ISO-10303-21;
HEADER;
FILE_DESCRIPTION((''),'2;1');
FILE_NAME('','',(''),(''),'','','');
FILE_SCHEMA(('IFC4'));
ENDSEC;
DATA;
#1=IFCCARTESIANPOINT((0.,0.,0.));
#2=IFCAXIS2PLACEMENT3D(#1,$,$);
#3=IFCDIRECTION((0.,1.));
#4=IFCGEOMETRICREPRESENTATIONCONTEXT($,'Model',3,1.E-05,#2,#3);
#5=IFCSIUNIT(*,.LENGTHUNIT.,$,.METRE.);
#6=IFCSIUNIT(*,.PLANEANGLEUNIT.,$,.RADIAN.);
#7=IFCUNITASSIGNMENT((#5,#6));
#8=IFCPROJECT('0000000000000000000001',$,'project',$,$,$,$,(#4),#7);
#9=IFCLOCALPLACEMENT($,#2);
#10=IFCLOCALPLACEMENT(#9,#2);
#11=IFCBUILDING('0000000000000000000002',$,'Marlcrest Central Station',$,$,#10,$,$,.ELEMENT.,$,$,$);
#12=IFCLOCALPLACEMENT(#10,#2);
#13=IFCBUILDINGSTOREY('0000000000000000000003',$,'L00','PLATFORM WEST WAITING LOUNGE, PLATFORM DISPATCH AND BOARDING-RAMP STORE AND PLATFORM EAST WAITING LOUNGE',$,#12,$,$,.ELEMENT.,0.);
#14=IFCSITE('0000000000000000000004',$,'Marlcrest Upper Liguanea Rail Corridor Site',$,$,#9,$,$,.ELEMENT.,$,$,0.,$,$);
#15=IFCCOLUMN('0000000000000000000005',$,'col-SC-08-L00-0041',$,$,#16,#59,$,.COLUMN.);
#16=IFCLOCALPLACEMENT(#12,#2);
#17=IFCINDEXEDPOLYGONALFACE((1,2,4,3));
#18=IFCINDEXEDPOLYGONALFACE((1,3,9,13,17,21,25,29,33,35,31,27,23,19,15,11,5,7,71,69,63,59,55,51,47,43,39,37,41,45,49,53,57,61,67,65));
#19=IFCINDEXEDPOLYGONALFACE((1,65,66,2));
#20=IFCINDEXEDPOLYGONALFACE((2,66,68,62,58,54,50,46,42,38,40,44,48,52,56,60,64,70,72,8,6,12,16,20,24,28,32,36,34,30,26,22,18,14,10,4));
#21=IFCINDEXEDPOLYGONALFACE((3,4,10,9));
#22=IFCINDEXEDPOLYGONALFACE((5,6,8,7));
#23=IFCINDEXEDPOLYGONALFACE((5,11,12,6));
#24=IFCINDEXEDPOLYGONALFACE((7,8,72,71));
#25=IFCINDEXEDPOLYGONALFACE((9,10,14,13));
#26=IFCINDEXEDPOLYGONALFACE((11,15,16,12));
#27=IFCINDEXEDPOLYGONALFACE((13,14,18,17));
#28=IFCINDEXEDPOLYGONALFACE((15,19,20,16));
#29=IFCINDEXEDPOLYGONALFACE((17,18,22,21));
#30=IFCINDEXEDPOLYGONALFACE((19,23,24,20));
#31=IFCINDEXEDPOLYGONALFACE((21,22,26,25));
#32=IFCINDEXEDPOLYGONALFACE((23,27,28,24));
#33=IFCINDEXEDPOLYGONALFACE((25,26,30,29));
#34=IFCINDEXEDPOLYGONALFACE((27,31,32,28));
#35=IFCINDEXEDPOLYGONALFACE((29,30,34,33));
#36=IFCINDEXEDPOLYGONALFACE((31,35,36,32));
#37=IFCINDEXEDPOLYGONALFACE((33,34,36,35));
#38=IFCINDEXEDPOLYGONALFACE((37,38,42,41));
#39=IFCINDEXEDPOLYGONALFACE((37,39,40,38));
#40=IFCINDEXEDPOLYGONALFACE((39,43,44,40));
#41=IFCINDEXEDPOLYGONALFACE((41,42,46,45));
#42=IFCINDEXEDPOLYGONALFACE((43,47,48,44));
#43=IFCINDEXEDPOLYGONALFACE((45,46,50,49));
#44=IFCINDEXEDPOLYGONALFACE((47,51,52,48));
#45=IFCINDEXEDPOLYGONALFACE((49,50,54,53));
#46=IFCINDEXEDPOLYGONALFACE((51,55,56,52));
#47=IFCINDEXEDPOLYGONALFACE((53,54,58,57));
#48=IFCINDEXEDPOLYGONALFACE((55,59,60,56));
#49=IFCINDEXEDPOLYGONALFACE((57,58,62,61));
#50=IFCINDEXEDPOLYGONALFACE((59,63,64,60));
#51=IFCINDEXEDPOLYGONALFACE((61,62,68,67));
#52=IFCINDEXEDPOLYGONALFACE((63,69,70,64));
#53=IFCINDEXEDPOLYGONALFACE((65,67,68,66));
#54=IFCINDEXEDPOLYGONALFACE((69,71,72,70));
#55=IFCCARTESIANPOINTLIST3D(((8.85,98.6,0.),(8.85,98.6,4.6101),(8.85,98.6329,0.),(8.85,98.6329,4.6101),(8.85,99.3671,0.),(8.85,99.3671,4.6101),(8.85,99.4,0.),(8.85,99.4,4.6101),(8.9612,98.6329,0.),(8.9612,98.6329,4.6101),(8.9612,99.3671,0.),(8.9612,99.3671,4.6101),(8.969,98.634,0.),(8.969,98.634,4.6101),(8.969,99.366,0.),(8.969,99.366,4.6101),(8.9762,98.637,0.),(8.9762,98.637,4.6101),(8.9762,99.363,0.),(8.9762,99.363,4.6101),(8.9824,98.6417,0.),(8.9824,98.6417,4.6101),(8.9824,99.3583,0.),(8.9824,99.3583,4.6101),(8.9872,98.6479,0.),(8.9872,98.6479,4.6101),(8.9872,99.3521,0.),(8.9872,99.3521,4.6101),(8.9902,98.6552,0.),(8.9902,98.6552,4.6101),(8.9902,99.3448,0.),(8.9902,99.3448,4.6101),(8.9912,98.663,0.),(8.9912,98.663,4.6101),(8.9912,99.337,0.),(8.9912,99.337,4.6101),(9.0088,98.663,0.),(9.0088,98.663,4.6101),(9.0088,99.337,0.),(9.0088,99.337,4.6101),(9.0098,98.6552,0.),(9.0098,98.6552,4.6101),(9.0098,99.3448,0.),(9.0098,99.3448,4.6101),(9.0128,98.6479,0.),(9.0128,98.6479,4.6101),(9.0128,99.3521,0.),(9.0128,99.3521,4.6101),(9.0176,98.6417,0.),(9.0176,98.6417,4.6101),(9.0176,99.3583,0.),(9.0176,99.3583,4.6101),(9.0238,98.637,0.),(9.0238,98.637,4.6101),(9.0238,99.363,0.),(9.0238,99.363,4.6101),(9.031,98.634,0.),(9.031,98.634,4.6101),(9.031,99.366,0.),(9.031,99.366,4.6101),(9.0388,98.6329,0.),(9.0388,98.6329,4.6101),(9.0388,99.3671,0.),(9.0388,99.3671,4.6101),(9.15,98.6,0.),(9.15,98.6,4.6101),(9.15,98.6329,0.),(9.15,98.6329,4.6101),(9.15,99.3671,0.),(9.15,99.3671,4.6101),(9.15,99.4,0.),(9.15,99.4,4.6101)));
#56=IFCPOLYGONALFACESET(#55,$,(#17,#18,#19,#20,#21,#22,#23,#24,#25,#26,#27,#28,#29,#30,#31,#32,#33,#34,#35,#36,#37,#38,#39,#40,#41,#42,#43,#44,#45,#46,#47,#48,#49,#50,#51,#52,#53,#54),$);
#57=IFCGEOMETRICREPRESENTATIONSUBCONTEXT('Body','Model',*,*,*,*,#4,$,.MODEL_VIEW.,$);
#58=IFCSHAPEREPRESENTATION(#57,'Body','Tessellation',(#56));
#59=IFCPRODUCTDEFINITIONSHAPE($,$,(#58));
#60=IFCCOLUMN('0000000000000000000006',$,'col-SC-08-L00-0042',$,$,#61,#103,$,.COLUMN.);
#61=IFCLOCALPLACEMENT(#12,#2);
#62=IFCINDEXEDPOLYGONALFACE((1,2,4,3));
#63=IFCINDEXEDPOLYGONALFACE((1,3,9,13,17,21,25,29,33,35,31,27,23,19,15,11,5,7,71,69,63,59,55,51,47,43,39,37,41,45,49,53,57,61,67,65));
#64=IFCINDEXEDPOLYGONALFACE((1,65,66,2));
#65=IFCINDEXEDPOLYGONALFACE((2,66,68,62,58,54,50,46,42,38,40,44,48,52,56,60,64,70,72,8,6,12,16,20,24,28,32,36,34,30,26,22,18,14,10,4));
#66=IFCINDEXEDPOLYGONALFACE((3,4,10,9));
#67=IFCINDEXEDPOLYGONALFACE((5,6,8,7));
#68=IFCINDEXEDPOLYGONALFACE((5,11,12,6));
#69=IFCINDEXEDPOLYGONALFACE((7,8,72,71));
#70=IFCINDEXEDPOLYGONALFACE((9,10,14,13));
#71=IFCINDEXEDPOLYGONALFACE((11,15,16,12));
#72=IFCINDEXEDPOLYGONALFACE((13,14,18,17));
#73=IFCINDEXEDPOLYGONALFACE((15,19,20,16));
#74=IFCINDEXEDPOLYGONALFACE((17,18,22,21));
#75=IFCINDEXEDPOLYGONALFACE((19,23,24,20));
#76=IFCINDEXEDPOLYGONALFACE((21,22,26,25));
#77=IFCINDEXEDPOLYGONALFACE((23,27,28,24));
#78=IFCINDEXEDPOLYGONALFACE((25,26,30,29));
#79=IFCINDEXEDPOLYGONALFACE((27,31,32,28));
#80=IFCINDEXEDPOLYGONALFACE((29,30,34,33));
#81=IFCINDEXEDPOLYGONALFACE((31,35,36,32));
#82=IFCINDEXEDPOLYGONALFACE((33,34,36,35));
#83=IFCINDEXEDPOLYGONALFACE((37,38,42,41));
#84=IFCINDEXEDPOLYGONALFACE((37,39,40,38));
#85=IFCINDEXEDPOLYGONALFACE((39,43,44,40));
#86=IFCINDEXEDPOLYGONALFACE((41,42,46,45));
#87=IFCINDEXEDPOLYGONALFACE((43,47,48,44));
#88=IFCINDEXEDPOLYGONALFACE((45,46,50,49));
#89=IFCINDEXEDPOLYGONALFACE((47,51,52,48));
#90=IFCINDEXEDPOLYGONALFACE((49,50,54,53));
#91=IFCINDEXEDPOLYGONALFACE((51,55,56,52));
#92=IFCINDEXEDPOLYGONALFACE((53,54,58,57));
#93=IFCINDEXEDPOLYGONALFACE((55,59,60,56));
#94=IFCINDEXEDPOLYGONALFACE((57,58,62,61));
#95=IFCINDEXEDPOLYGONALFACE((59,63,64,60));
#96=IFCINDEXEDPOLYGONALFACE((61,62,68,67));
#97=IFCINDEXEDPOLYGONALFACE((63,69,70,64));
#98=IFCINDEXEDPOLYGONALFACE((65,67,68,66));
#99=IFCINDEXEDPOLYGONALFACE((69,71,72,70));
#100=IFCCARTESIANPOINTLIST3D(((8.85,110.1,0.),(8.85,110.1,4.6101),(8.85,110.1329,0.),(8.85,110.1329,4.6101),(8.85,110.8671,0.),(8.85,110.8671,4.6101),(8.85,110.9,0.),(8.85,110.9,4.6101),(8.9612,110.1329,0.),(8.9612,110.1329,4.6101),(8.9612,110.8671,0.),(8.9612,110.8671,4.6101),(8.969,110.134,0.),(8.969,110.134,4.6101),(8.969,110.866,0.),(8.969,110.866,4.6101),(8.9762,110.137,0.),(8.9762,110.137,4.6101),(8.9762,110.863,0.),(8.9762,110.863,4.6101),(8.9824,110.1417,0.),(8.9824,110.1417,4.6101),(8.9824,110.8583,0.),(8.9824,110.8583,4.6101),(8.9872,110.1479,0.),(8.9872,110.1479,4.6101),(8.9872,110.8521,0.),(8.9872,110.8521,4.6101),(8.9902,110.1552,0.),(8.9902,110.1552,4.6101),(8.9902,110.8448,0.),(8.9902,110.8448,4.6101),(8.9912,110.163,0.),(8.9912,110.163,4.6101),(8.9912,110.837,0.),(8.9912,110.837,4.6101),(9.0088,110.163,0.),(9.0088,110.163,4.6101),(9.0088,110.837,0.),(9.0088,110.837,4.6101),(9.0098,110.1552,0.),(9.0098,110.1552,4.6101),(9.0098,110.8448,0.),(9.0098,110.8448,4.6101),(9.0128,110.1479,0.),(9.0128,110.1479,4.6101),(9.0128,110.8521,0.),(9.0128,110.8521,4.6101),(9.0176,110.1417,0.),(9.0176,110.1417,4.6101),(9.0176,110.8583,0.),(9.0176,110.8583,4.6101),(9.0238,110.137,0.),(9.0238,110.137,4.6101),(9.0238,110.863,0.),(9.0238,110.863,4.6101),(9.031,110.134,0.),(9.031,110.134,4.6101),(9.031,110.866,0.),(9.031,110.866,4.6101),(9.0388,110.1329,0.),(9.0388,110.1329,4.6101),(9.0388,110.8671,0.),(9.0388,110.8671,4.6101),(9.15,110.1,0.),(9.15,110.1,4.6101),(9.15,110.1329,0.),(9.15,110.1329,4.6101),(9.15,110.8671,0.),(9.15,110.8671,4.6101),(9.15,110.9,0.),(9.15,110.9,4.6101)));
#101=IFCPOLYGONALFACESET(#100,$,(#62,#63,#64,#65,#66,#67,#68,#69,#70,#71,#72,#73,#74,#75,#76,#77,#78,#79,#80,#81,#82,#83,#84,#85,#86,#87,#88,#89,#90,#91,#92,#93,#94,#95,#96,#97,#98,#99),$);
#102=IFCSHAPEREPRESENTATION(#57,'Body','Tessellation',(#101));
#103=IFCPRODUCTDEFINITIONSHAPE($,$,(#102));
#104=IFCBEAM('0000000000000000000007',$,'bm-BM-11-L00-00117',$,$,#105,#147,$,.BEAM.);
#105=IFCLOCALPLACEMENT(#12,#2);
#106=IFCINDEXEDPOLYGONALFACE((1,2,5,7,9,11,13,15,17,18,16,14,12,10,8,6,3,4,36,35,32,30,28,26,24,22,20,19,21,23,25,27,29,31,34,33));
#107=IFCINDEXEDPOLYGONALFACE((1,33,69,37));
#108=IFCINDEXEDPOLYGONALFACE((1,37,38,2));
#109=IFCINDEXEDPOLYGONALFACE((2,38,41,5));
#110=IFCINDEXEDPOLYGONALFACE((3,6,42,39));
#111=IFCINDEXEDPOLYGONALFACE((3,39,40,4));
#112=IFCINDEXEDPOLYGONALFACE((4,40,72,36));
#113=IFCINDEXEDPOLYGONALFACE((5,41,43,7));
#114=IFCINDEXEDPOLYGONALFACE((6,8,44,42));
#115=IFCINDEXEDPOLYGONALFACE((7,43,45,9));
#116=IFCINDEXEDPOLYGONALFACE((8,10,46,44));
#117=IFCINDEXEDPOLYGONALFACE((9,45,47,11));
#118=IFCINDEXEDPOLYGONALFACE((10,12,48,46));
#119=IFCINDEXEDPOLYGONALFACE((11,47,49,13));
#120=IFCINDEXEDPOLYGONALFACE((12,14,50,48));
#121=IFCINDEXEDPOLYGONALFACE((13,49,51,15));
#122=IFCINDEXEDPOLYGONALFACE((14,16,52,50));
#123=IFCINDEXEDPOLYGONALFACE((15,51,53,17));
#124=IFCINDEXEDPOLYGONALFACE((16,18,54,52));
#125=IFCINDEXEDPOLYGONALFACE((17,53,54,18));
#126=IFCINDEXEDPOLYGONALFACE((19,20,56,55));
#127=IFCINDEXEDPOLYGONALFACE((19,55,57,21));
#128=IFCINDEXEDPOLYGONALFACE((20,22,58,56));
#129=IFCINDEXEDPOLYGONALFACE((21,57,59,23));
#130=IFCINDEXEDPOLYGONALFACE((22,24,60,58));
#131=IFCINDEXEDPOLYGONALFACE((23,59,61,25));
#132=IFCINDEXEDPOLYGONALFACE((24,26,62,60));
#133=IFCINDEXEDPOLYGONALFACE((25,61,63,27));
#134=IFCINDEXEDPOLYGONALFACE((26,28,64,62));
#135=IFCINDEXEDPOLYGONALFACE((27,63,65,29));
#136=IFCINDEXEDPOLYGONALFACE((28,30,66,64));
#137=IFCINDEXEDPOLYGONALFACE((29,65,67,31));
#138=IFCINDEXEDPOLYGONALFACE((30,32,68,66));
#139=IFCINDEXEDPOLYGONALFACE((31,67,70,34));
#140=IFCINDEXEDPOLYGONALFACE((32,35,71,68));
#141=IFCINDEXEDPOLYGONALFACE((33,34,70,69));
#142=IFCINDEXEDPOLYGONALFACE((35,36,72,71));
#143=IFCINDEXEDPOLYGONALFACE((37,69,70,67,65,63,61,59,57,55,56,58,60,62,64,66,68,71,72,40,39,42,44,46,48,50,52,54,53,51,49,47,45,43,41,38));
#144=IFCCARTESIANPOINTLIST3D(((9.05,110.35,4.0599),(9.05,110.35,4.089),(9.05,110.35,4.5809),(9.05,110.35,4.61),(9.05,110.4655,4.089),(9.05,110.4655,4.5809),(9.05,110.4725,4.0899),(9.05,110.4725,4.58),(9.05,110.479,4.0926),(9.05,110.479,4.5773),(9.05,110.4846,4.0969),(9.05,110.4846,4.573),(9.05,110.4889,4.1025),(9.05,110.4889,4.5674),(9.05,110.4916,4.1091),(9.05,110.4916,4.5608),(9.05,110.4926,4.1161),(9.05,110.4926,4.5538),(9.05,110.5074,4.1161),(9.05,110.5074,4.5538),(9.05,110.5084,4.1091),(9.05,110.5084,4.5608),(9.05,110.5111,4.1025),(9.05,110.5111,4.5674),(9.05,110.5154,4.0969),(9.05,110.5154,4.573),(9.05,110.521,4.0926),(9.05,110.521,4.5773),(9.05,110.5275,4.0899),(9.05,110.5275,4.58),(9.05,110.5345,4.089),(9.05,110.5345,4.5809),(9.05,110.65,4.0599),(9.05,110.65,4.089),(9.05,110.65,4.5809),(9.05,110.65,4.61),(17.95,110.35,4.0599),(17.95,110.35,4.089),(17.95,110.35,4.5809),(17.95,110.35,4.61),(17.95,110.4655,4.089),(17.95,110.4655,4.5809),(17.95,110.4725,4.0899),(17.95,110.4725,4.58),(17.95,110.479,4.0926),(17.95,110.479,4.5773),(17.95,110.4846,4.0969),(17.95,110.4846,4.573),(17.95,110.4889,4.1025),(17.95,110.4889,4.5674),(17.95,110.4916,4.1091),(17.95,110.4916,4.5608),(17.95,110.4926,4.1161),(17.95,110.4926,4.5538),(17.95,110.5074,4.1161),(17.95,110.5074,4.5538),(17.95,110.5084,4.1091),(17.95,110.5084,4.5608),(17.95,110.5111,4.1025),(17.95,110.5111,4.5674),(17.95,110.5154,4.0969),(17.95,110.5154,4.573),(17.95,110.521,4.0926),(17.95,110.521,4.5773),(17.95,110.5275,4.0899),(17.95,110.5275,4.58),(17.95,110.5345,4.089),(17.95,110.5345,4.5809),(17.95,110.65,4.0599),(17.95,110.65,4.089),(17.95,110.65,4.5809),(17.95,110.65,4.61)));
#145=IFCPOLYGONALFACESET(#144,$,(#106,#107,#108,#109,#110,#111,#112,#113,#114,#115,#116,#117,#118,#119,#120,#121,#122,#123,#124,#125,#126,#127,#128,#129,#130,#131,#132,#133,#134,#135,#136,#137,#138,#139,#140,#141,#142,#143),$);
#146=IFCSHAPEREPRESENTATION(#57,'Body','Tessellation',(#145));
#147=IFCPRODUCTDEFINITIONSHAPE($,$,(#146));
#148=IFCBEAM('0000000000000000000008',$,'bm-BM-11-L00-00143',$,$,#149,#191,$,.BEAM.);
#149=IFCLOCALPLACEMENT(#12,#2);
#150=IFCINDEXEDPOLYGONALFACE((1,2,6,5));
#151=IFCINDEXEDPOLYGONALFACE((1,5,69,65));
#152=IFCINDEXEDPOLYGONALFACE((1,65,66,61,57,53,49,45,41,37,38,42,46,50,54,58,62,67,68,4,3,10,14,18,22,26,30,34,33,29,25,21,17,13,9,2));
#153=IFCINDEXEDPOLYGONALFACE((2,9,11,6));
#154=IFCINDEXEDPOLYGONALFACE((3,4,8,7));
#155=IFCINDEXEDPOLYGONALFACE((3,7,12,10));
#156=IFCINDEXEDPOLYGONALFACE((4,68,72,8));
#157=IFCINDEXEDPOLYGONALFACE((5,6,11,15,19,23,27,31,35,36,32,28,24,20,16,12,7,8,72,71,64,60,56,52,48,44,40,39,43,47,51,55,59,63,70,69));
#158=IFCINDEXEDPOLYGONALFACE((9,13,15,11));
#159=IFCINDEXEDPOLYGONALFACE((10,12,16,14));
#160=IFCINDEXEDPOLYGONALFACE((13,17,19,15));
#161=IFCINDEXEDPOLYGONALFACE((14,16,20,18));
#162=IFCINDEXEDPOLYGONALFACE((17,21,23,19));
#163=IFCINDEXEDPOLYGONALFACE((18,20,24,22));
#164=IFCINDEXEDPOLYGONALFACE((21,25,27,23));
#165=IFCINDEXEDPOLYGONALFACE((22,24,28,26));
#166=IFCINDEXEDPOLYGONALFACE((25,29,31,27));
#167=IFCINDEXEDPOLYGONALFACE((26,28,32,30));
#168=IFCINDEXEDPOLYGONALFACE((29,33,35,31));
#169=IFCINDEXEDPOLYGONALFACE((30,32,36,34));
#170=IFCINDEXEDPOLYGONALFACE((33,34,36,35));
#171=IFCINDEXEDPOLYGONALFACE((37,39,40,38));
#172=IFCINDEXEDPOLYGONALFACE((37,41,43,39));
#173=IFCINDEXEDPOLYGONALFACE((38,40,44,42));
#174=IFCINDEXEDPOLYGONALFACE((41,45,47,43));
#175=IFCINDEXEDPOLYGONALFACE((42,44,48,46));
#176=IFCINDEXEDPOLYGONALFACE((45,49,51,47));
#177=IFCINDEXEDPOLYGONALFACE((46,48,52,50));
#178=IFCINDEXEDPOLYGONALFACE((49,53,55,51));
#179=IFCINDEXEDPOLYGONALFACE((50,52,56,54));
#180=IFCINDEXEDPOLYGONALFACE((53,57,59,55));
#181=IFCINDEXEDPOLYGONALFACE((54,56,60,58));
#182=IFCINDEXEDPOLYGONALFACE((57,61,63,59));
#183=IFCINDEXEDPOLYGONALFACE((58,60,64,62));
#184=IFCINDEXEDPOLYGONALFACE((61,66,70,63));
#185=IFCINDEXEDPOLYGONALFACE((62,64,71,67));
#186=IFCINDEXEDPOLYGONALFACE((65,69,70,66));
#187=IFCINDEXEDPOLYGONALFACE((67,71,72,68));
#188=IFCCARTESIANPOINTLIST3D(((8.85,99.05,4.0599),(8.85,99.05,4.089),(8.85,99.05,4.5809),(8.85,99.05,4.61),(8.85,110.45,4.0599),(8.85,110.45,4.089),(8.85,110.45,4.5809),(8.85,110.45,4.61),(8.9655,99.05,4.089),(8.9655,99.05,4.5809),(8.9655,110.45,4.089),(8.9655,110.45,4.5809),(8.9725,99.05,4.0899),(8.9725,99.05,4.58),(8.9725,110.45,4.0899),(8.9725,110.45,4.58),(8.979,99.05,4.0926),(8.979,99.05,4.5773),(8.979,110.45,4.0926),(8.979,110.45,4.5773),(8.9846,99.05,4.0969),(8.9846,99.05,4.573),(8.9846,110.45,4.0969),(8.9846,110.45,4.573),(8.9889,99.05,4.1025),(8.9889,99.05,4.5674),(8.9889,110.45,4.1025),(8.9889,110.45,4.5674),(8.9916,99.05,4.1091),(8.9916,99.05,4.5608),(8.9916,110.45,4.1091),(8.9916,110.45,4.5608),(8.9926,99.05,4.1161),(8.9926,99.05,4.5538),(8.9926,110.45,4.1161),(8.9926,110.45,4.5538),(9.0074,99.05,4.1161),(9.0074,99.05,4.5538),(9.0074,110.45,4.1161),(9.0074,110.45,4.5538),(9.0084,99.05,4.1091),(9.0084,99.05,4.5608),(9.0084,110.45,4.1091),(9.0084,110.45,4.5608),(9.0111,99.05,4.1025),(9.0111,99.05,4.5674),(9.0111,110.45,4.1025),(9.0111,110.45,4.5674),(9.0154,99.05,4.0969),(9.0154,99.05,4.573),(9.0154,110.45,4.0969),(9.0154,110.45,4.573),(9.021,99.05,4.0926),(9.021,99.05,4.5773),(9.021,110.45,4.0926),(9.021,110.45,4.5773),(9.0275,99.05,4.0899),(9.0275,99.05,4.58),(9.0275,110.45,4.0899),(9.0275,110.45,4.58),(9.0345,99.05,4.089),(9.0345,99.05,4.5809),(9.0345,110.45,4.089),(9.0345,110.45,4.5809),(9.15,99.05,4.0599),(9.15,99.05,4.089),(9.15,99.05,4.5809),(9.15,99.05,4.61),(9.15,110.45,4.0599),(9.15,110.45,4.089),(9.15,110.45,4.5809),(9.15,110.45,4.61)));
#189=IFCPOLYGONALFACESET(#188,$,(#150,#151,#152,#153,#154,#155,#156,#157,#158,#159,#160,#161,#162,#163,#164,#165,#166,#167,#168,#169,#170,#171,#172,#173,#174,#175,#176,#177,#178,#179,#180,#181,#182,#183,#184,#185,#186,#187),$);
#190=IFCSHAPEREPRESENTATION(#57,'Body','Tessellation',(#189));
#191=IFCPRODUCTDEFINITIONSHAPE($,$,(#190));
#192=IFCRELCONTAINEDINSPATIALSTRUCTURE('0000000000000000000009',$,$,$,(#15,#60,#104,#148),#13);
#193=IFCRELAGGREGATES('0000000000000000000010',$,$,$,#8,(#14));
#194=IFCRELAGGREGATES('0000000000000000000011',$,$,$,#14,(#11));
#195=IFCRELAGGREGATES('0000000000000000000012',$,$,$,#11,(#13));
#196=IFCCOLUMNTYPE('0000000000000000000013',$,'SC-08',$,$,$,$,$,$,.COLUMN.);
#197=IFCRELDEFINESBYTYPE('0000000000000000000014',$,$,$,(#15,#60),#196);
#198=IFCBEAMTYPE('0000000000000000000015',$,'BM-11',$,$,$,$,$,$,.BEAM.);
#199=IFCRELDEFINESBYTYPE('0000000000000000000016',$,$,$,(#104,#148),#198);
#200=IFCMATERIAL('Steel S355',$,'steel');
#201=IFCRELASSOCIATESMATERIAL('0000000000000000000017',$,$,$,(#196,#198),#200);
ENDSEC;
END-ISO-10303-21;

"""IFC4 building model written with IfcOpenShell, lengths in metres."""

from ifc_helpers import new_model, si_unit, direction, frame, origin, origin_2d, place, context, subcontext, project, spatial, i_section, extrude, material, material_profile, profile_set, type_object, element, save


model = new_model("IFC4")

# Units and contexts
model_context = context("Model", 3, precision=1e-05, world=origin(), true_north=direction((0.0, 1.0)))
body_context = subcontext(model_context, "Body", "Model", "MODEL_VIEW")
ifc_project = project(units=[si_unit("LENGTHUNIT", "METRE"), si_unit("PLANEANGLEUNIT", "RADIAN")], contexts=[model_context])

# Site, building, storey
site_placement = place(None, origin())
site = spatial("IfcSite", under=ifc_project, at=site_placement, Name="Marlcrest Upper Liguanea Rail Corridor Site", CompositionType="ELEMENT", RefElevation=0.0)
building_placement = place(site_placement, origin())
building = spatial("IfcBuilding", under=site, at=building_placement, Name="Marlcrest Central Station", CompositionType="ELEMENT")
storey_placement = place(building_placement, origin())
storey = spatial("IfcBuildingStorey", under=building, at=storey_placement, Name="L00", Description="PLATFORM WEST WAITING LOUNGE, PLATFORM DISPATCH AND BOARDING-RAMP STORE AND PLATFORM EAST WAITING LOUNGE", CompositionType="ELEMENT", Elevation=0.0)

# Columns
ifc_material_1 = material(Name="Steel S355", Category="steel")
ifc_material_profile_1 = material_profile(ifc_material_1, i_section(OverallWidth=0.3, OverallDepth=0.8, WebThickness=0.0176, FlangeThickness=0.033, FilletRadius=0.03, at=origin_2d()), Name="HEB 800")
ifc_profile_set_1 = profile_set([ifc_material_profile_1], Name="Steel S355")
column_type = type_object("IfcColumnType", Name="SC-08", PredefinedType="COLUMN", material=ifc_profile_set_1)
for number, where, z_axis, x_axis, name in (
    (1, (9.0, 99.0, 0.0), (0.0, 0.0, 1.0), (1.0, 0.0, 0.0), "col-SC-08-L00-0041"),
    (2, (9.0, 110.5, 0.0), (0.0, 0.0, 1.0), (1.0, 0.0, 0.0), "col-SC-08-L00-0042"),
):
    element("IfcColumn", number, at=place(storey_placement, frame(where, z_axis=z_axis, x_axis=x_axis)), inside=storey, type_object=column_type, Name=name, PredefinedType="COLUMN", context=body_context, shape_type="SweptSolid", body=[
        extrude(i_section(OverallWidth=0.3, OverallDepth=0.8, WebThickness=0.0176, FlangeThickness=0.033, FilletRadius=0.03, at=origin_2d()), origin(), (0.0, 0.0, 1.0), 4.6101),
    ])

# Beams
ifc_material_profile_2 = material_profile(ifc_material_1, i_section(OverallWidth=0.3, OverallDepth=0.55, WebThickness=0.0149, FlangeThickness=0.0291, FilletRadius=0.0271, at=origin_2d()), Name="HEB 550")
ifc_profile_set_2 = profile_set([ifc_material_profile_2], Name="Steel S355")
beam_type_1 = type_object("IfcBeamType", Name="BM-11", PredefinedType="BEAM", material=ifc_profile_set_2)
beam_1_placement = place(storey_placement, frame((9.05, 110.5, 4.335), z_axis=(1.0, 0.0, 0.0), x_axis=(0.0, 1.0, 0.0)))
element("IfcBeam", 3, at=beam_1_placement, inside=storey, type_object=beam_type_1, Name="bm-BM-11-L00-00117", PredefinedType="BEAM", context=body_context, shape_type="SweptSolid", body=[
    extrude(i_section(OverallWidth=0.3, OverallDepth=0.55, WebThickness=0.0149, FlangeThickness=0.0291, FilletRadius=0.0271, at=origin_2d()), origin(), (0.0, 0.0, 1.0), 8.8999),
])
beam_2_placement = place(storey_placement, frame((9.0, 99.05, 4.335), z_axis=(0.0, 1.0, 0.0), x_axis=(-1.0, 0.0, 0.0)))
element("IfcBeam", 4, at=beam_2_placement, inside=storey, type_object=beam_type_1, Name="bm-BM-11-L00-00143", PredefinedType="BEAM", context=body_context, shape_type="SweptSolid", body=[
    extrude(i_section(OverallWidth=0.3, OverallDepth=0.55, WebThickness=0.0149, FlangeThickness=0.0291, FilletRadius=0.0271, at=origin_2d()), origin(), (0.0, 0.0, 1.0), 11.3999),
])

save(model, "model.ifc")
